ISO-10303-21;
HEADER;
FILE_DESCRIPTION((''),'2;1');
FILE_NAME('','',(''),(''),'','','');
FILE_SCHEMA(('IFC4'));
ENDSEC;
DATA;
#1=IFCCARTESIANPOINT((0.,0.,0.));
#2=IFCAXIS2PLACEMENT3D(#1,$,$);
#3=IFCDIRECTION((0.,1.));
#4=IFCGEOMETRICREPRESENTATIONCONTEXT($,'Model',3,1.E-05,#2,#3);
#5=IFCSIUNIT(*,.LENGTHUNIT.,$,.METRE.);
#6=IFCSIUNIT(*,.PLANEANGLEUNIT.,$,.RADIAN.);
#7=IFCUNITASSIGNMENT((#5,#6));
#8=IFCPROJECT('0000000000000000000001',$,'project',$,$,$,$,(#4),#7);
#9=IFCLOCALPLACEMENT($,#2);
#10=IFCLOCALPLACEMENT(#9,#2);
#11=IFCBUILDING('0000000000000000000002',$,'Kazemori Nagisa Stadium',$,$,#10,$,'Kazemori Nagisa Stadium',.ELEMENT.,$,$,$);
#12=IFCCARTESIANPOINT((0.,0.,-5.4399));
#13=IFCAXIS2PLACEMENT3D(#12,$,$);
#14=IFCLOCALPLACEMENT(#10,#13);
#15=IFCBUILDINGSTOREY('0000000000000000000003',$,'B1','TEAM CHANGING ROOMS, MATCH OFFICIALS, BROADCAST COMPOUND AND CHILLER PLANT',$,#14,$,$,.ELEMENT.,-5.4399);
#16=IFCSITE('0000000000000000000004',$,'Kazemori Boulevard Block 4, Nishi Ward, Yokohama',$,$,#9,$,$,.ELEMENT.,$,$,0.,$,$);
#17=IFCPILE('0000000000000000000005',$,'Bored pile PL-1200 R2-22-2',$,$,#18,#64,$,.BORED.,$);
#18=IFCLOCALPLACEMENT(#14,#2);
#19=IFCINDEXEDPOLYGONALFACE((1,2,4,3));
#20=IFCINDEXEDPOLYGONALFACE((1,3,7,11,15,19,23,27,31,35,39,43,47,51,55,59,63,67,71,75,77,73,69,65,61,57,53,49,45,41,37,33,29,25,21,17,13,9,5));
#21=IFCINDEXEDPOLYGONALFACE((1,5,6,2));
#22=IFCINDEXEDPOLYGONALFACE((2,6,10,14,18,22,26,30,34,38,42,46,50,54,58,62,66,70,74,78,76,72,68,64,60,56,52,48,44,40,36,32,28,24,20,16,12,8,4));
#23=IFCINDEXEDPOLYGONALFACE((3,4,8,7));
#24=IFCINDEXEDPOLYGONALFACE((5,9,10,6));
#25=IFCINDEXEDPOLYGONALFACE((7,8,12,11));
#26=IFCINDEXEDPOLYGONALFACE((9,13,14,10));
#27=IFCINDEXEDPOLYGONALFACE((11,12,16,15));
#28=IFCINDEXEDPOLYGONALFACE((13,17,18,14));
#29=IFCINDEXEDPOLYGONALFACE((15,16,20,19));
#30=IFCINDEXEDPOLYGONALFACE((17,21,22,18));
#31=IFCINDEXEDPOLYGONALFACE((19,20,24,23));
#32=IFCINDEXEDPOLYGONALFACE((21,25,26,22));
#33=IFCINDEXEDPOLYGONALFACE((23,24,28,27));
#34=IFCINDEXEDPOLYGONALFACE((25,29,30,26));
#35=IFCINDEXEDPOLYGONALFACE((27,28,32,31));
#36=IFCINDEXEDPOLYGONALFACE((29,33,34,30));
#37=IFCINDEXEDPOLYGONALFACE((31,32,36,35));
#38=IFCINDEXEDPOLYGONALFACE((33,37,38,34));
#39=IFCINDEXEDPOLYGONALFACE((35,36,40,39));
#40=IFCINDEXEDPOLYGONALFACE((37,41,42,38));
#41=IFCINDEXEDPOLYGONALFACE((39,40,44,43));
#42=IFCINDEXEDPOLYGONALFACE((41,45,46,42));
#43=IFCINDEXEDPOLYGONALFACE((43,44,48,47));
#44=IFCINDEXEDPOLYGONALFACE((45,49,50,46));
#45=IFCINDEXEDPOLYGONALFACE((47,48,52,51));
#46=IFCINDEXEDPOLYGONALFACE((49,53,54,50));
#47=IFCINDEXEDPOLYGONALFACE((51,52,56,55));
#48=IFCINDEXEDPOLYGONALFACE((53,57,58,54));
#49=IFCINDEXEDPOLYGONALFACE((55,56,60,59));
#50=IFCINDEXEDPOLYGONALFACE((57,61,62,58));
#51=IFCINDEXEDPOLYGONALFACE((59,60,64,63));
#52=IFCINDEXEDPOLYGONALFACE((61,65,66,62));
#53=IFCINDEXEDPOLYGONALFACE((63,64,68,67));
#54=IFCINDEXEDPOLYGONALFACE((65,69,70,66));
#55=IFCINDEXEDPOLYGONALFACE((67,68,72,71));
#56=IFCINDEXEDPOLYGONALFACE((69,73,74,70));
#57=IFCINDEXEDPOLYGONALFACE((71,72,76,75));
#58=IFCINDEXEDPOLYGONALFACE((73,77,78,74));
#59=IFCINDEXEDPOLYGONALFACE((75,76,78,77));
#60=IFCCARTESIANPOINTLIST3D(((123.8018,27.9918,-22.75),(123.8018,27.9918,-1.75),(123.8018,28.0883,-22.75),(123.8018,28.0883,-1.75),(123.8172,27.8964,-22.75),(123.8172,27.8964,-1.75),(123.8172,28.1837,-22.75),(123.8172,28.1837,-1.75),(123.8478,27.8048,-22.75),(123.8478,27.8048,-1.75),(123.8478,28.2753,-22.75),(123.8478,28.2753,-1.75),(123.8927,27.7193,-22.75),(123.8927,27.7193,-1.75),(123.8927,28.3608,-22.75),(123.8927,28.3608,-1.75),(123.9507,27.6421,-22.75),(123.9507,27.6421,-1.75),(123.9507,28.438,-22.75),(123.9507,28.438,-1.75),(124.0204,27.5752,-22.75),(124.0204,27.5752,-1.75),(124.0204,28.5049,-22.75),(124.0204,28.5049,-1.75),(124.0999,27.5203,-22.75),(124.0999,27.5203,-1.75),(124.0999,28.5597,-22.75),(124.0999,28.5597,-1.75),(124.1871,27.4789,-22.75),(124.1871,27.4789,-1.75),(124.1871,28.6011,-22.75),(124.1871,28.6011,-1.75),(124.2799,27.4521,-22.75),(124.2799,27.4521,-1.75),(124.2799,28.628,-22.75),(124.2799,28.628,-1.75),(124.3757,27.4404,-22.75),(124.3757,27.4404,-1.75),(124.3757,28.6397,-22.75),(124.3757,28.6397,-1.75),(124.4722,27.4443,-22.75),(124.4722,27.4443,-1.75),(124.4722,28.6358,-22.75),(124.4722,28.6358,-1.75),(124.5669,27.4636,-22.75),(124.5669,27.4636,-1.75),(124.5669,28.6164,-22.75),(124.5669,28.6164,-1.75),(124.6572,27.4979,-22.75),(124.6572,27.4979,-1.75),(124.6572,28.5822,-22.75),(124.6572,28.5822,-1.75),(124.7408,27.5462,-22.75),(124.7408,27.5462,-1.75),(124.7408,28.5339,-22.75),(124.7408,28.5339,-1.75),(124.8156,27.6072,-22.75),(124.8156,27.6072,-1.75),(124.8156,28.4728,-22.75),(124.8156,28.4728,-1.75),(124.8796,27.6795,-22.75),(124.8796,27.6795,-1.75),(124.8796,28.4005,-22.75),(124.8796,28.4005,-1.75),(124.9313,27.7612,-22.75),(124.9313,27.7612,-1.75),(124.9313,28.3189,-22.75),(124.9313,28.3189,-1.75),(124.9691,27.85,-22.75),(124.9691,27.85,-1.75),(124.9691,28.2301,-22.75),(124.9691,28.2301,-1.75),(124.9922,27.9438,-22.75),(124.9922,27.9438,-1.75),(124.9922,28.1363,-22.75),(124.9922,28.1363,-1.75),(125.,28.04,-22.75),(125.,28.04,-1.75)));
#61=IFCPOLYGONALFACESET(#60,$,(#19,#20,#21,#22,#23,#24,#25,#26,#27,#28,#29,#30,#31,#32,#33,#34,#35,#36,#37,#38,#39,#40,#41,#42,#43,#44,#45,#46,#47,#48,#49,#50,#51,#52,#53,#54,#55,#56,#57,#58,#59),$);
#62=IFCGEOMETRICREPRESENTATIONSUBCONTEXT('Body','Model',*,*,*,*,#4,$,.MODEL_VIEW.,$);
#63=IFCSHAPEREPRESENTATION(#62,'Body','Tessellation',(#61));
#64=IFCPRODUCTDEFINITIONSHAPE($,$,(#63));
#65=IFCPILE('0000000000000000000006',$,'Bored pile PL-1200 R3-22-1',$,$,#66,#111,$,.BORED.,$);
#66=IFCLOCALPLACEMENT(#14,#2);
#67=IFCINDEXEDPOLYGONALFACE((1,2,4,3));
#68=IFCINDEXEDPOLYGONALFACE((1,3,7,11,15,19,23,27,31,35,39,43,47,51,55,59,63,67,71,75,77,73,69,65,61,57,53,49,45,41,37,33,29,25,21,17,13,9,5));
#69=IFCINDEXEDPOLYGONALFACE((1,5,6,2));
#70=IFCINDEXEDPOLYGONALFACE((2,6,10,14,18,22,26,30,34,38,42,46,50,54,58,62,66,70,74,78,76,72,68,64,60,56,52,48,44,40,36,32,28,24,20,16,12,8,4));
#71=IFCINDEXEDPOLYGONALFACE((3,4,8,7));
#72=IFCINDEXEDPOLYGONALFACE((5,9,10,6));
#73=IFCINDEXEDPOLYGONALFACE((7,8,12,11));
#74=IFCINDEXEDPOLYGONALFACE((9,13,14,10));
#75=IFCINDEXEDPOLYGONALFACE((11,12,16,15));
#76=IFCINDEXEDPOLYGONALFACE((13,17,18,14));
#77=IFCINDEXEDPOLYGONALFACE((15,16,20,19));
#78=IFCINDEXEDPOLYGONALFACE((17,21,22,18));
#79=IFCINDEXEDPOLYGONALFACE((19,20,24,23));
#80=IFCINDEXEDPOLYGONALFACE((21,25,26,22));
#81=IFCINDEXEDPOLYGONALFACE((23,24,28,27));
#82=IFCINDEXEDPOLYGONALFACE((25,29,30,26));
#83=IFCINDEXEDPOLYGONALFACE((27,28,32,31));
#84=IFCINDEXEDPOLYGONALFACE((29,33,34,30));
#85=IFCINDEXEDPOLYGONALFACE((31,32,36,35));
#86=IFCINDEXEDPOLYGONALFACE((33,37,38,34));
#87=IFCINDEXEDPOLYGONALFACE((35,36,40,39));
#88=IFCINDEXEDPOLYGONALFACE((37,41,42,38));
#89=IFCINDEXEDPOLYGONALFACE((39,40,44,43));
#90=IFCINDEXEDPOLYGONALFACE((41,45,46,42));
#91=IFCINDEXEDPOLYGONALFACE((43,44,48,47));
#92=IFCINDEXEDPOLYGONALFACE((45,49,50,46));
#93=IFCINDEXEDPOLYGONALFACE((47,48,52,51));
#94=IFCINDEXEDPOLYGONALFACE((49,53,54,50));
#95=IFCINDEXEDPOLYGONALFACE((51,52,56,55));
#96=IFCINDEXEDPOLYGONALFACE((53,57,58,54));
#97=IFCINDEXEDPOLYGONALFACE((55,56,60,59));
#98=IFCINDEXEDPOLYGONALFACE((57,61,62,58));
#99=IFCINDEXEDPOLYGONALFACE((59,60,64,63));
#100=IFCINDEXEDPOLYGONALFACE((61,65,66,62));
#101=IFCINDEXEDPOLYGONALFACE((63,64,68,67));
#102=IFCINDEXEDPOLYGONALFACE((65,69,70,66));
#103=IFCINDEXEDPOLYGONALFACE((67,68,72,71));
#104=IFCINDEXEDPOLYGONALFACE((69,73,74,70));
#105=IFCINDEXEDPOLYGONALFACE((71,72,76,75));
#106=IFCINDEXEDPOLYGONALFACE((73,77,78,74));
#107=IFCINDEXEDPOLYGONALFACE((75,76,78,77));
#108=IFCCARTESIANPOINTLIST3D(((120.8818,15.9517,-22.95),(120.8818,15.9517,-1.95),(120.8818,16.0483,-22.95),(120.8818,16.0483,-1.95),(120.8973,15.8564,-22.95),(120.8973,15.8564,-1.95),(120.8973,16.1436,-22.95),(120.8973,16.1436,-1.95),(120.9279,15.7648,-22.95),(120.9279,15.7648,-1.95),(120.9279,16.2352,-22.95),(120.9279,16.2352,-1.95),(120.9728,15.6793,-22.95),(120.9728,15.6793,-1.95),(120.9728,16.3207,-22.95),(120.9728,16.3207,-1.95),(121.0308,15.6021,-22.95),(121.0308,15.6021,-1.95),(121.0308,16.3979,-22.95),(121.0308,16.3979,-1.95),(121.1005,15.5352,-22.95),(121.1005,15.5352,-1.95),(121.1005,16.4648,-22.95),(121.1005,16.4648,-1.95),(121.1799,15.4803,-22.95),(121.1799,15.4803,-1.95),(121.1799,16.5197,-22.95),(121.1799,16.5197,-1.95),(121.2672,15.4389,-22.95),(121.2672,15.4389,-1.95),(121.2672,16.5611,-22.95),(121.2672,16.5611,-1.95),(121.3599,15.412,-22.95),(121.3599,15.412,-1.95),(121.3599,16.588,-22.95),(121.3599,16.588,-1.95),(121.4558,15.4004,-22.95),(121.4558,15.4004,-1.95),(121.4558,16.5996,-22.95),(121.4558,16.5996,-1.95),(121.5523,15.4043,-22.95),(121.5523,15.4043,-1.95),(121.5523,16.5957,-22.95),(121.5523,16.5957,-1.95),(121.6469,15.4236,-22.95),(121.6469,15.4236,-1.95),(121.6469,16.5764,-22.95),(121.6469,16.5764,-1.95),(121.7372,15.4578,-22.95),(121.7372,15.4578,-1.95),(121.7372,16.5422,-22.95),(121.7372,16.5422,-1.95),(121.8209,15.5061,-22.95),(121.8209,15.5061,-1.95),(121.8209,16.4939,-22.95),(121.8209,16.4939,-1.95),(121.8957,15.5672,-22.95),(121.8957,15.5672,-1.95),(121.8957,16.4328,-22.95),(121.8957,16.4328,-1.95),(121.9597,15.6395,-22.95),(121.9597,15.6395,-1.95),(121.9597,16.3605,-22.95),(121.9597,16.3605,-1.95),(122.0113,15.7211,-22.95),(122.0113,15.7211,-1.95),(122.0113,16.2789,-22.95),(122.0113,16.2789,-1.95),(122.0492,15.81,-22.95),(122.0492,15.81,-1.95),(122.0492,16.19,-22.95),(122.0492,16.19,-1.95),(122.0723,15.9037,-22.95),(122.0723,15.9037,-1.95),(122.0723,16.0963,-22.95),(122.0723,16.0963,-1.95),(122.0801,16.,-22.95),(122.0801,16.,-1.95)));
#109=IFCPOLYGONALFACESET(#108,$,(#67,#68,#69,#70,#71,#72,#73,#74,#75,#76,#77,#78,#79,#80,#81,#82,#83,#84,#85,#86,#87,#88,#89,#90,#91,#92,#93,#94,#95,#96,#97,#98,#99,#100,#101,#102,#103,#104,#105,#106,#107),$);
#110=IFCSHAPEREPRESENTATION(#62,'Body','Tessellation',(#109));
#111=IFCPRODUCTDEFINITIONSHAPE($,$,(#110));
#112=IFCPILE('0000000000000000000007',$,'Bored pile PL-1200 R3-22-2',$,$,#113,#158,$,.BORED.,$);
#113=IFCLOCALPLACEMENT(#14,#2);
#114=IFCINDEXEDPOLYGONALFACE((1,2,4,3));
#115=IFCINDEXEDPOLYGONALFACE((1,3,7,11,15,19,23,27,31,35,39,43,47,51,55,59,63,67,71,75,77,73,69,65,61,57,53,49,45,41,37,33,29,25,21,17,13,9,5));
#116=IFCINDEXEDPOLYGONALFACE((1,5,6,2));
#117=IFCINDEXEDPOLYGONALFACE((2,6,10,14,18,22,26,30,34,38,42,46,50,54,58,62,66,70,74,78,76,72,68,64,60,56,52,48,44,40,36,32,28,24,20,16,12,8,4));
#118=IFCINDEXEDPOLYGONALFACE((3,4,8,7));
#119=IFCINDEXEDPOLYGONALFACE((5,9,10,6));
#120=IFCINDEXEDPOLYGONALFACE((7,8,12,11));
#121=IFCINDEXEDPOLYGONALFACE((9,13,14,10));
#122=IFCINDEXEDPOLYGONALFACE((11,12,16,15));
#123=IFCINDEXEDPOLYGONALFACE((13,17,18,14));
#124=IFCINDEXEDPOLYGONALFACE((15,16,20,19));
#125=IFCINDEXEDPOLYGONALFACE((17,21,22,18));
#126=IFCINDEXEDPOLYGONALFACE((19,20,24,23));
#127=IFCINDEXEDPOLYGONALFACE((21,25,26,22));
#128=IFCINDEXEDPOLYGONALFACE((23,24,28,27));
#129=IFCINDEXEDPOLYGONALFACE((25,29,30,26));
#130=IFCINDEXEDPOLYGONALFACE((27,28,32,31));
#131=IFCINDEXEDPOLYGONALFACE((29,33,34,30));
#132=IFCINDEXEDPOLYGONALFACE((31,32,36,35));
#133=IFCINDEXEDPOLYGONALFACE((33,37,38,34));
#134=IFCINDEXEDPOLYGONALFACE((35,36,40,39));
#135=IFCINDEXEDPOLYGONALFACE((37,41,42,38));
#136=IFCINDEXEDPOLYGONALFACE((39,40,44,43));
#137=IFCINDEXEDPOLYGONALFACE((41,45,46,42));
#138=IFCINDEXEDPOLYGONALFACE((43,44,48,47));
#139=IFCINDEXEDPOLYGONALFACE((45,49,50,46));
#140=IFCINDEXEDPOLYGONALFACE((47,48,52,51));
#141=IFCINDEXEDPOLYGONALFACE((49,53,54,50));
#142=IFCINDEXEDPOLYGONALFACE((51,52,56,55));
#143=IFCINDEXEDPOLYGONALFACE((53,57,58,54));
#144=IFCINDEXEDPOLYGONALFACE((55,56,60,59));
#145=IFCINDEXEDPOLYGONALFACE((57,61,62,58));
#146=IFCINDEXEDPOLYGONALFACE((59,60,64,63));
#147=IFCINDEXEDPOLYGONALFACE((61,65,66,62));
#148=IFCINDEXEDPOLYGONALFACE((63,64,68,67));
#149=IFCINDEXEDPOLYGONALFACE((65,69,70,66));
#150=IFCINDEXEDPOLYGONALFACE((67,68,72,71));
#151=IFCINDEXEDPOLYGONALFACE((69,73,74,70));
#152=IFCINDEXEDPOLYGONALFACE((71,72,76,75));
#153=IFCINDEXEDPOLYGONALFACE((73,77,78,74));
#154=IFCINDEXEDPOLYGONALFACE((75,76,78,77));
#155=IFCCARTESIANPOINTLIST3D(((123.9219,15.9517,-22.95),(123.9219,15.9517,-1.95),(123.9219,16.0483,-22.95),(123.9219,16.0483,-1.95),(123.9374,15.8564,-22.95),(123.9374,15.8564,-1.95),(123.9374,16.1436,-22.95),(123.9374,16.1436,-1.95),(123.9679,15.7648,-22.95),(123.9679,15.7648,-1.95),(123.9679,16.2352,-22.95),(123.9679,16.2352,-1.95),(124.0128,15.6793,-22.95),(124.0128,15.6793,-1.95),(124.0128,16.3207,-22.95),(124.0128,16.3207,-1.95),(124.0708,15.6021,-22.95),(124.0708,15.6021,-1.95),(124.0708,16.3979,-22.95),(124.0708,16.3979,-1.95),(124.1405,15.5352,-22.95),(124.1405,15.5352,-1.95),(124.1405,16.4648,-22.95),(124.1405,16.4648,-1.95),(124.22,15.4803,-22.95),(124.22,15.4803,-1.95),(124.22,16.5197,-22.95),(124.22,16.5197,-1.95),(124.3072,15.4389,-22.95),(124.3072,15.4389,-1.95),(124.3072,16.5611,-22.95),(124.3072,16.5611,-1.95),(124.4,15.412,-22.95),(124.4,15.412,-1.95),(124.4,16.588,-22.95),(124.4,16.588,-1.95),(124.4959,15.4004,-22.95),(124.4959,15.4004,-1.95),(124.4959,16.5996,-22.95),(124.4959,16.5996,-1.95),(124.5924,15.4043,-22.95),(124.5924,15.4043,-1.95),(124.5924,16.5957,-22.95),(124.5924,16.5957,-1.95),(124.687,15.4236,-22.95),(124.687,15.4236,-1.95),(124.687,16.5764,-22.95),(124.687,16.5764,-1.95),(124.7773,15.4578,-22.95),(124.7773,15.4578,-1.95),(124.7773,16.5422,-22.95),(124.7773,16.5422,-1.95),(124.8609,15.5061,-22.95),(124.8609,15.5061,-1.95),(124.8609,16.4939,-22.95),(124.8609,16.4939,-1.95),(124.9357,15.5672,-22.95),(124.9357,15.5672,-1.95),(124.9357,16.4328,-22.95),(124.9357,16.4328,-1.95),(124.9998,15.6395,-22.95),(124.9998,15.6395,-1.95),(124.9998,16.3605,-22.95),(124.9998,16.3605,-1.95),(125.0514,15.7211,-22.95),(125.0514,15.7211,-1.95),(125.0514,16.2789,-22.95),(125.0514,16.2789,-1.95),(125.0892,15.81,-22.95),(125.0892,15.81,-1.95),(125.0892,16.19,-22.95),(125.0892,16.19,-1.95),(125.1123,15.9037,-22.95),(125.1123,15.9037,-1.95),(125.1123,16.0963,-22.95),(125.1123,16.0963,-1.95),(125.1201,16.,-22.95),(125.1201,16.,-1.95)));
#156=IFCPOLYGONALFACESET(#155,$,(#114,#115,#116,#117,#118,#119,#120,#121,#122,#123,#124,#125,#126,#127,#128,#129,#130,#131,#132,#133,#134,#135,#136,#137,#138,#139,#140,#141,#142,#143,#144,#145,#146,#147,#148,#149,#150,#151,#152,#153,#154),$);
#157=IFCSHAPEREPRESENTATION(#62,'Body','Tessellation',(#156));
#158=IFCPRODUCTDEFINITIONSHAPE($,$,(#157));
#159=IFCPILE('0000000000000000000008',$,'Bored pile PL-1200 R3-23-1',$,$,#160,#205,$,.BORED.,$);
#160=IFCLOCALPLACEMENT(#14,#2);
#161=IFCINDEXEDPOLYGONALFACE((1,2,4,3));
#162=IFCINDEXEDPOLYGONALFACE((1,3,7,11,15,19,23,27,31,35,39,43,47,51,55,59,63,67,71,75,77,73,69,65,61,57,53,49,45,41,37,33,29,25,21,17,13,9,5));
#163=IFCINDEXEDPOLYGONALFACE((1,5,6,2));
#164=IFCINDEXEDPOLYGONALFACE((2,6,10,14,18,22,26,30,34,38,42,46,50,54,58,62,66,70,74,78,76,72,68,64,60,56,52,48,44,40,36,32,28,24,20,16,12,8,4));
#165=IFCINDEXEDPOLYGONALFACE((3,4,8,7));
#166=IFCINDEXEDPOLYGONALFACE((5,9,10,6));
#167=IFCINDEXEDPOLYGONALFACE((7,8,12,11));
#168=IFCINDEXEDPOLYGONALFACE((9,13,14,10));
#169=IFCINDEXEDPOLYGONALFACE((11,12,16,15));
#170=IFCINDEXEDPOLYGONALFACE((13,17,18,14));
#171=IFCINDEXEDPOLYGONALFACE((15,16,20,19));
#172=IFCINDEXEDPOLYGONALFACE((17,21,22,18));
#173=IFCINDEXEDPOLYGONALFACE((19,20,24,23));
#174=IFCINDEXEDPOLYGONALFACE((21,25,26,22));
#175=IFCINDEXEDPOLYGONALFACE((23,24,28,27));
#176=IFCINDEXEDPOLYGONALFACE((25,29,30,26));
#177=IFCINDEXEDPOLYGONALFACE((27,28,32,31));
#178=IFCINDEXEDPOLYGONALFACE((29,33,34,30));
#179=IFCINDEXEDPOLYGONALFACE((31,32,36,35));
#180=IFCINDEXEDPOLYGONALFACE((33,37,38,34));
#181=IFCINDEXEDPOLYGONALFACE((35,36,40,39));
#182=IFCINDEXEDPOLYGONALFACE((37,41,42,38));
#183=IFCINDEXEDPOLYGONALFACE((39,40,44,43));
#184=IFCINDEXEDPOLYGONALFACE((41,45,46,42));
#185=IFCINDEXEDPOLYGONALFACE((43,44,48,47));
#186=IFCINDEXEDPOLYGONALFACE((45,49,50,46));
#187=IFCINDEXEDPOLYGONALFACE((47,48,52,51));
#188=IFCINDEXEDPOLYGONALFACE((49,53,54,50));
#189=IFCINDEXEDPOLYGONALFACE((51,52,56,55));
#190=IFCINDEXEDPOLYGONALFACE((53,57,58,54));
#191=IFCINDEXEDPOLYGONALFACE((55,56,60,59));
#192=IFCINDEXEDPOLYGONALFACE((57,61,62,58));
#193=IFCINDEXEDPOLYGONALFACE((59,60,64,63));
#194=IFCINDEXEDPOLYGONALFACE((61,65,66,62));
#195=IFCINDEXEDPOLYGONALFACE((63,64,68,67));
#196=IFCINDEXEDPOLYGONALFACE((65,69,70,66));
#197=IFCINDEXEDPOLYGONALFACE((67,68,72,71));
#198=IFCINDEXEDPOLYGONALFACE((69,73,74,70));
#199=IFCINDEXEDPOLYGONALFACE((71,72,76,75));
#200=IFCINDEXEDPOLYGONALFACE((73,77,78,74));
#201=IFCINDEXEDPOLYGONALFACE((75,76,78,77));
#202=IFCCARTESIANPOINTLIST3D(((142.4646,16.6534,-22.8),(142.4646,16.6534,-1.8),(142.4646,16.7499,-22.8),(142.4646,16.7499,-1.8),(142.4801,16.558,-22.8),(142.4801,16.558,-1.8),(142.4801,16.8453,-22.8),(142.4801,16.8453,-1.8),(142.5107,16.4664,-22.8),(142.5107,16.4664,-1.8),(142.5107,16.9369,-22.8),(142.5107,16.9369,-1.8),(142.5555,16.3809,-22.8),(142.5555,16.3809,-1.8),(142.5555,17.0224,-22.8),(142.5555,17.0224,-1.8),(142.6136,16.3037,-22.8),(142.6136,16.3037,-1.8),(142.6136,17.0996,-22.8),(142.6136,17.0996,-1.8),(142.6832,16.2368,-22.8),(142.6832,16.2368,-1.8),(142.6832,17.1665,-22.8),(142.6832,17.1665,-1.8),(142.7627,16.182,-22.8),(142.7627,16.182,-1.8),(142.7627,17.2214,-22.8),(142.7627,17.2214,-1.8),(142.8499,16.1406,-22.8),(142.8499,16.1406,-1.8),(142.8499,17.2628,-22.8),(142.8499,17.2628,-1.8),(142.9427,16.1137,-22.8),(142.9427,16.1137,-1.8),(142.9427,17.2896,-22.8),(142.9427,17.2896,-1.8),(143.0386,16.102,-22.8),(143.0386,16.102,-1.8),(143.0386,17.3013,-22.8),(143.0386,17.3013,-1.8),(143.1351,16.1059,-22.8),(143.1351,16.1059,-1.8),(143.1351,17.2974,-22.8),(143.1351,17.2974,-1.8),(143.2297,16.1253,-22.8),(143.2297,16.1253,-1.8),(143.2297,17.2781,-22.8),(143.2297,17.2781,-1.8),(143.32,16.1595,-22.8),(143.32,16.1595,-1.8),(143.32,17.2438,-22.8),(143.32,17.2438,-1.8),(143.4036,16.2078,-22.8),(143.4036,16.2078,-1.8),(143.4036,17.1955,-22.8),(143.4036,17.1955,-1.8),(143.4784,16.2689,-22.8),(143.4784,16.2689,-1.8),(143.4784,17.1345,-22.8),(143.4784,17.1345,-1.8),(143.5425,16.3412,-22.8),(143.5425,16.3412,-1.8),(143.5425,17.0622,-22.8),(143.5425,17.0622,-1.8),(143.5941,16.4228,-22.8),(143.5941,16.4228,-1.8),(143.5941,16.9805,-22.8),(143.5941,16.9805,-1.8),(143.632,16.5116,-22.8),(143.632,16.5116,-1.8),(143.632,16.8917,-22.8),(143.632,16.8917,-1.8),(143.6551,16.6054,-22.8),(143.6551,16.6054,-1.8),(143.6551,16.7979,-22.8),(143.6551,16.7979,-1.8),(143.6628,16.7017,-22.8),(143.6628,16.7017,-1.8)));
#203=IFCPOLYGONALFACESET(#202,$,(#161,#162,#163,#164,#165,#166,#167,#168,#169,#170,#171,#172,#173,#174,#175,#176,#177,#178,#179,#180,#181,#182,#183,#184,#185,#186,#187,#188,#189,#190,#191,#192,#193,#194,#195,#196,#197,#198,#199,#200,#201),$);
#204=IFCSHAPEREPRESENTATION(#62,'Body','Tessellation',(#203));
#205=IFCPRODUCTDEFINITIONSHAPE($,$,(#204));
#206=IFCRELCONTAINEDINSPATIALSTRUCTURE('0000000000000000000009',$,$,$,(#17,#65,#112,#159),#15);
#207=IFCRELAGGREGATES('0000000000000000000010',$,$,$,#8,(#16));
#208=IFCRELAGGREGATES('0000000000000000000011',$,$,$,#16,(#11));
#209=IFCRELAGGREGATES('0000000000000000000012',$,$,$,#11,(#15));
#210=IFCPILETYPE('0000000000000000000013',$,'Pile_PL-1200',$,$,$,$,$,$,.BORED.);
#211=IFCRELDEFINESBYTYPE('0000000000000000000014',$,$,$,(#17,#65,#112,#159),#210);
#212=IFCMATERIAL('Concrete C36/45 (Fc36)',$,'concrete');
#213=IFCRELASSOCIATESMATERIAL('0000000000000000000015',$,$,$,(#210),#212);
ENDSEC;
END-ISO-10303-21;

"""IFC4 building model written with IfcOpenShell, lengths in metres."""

from ifc_helpers import new_model, si_unit, direction, frame, origin, origin_2d, place, context, subcontext, project, spatial, circle, extrude, material, material_profile, profile_set, type_object, element, save


model = new_model("IFC4")

# Units and contexts
model_context = context("Model", 3, precision=1e-05, world=origin(), true_north=direction((0.0, 1.0)))
body_context = subcontext(model_context, "Body", "Model", "MODEL_VIEW")
ifc_project = project(units=[si_unit("LENGTHUNIT", "METRE"), si_unit("PLANEANGLEUNIT", "RADIAN")], contexts=[model_context])

# Site, building, storey
site_placement = place(None, origin())
site = spatial("IfcSite", under=ifc_project, at=site_placement, Name="Kazemori Boulevard Block 4, Nishi Ward, Yokohama", CompositionType="ELEMENT", RefElevation=0.0)
building_placement = place(site_placement, origin())
building = spatial("IfcBuilding", under=site, at=building_placement, Name="Kazemori Nagisa Stadium", LongName="Kazemori Nagisa Stadium", CompositionType="ELEMENT")
storey_placement = place(building_placement, frame((0.0, 0.0, -5.4399)))
storey = spatial("IfcBuildingStorey", under=building, at=storey_placement, Name="B1", Description="TEAM CHANGING ROOMS, MATCH OFFICIALS, BROADCAST COMPOUND AND CHILLER PLANT", CompositionType="ELEMENT", Elevation=-5.4399)

# Piles
ifc_material_1 = material(Name="Concrete C36/45 (Fc36)", Category="concrete")
ifc_material_profile_1 = material_profile(ifc_material_1, circle(Radius=0.6001, at=origin_2d()), Name="PILE-D1200")
ifc_profile_set_1 = profile_set([ifc_material_profile_1], Name="Concrete C36/45 (Fc36)")
pile_type = type_object("IfcPileType", Name="Pile_PL-1200", PredefinedType="BORED", material=ifc_profile_set_1)
for number, where, z_axis, x_axis, name in (
    (1, (124.3999, 28.04, -1.75), (0.0, 0.0, -1.0), (1.0, 0.0, 0.0), "Bored pile PL-1200 R2-22-2"),
    (2, (121.48, 16.0, -1.95), (0.0, 0.0, -1.0), (1.0, 0.0, 0.0), "Bored pile PL-1200 R3-22-1"),
    (3, (124.52, 16.0, -1.95), (0.0, 0.0, -1.0), (1.0, 0.0, 0.0), "Bored pile PL-1200 R3-22-2"),
    (4, (143.0627, 16.7017, -1.8), (0.0, 0.0, -1.0), (1.0, 0.0, 0.0), "Bored pile PL-1200 R3-23-1"),
):
    element("IfcPile", number, at=place(storey_placement, frame(where, z_axis=z_axis, x_axis=x_axis)), inside=storey, type_object=pile_type, Name=name, PredefinedType="BORED", context=body_context, shape_type="SweptSolid", body=[
        extrude(circle(Radius=0.6001, at=origin_2d()), origin(), (0.0, 0.0, 1.0), 21.0),
    ])

save(model, "model.ifc")
